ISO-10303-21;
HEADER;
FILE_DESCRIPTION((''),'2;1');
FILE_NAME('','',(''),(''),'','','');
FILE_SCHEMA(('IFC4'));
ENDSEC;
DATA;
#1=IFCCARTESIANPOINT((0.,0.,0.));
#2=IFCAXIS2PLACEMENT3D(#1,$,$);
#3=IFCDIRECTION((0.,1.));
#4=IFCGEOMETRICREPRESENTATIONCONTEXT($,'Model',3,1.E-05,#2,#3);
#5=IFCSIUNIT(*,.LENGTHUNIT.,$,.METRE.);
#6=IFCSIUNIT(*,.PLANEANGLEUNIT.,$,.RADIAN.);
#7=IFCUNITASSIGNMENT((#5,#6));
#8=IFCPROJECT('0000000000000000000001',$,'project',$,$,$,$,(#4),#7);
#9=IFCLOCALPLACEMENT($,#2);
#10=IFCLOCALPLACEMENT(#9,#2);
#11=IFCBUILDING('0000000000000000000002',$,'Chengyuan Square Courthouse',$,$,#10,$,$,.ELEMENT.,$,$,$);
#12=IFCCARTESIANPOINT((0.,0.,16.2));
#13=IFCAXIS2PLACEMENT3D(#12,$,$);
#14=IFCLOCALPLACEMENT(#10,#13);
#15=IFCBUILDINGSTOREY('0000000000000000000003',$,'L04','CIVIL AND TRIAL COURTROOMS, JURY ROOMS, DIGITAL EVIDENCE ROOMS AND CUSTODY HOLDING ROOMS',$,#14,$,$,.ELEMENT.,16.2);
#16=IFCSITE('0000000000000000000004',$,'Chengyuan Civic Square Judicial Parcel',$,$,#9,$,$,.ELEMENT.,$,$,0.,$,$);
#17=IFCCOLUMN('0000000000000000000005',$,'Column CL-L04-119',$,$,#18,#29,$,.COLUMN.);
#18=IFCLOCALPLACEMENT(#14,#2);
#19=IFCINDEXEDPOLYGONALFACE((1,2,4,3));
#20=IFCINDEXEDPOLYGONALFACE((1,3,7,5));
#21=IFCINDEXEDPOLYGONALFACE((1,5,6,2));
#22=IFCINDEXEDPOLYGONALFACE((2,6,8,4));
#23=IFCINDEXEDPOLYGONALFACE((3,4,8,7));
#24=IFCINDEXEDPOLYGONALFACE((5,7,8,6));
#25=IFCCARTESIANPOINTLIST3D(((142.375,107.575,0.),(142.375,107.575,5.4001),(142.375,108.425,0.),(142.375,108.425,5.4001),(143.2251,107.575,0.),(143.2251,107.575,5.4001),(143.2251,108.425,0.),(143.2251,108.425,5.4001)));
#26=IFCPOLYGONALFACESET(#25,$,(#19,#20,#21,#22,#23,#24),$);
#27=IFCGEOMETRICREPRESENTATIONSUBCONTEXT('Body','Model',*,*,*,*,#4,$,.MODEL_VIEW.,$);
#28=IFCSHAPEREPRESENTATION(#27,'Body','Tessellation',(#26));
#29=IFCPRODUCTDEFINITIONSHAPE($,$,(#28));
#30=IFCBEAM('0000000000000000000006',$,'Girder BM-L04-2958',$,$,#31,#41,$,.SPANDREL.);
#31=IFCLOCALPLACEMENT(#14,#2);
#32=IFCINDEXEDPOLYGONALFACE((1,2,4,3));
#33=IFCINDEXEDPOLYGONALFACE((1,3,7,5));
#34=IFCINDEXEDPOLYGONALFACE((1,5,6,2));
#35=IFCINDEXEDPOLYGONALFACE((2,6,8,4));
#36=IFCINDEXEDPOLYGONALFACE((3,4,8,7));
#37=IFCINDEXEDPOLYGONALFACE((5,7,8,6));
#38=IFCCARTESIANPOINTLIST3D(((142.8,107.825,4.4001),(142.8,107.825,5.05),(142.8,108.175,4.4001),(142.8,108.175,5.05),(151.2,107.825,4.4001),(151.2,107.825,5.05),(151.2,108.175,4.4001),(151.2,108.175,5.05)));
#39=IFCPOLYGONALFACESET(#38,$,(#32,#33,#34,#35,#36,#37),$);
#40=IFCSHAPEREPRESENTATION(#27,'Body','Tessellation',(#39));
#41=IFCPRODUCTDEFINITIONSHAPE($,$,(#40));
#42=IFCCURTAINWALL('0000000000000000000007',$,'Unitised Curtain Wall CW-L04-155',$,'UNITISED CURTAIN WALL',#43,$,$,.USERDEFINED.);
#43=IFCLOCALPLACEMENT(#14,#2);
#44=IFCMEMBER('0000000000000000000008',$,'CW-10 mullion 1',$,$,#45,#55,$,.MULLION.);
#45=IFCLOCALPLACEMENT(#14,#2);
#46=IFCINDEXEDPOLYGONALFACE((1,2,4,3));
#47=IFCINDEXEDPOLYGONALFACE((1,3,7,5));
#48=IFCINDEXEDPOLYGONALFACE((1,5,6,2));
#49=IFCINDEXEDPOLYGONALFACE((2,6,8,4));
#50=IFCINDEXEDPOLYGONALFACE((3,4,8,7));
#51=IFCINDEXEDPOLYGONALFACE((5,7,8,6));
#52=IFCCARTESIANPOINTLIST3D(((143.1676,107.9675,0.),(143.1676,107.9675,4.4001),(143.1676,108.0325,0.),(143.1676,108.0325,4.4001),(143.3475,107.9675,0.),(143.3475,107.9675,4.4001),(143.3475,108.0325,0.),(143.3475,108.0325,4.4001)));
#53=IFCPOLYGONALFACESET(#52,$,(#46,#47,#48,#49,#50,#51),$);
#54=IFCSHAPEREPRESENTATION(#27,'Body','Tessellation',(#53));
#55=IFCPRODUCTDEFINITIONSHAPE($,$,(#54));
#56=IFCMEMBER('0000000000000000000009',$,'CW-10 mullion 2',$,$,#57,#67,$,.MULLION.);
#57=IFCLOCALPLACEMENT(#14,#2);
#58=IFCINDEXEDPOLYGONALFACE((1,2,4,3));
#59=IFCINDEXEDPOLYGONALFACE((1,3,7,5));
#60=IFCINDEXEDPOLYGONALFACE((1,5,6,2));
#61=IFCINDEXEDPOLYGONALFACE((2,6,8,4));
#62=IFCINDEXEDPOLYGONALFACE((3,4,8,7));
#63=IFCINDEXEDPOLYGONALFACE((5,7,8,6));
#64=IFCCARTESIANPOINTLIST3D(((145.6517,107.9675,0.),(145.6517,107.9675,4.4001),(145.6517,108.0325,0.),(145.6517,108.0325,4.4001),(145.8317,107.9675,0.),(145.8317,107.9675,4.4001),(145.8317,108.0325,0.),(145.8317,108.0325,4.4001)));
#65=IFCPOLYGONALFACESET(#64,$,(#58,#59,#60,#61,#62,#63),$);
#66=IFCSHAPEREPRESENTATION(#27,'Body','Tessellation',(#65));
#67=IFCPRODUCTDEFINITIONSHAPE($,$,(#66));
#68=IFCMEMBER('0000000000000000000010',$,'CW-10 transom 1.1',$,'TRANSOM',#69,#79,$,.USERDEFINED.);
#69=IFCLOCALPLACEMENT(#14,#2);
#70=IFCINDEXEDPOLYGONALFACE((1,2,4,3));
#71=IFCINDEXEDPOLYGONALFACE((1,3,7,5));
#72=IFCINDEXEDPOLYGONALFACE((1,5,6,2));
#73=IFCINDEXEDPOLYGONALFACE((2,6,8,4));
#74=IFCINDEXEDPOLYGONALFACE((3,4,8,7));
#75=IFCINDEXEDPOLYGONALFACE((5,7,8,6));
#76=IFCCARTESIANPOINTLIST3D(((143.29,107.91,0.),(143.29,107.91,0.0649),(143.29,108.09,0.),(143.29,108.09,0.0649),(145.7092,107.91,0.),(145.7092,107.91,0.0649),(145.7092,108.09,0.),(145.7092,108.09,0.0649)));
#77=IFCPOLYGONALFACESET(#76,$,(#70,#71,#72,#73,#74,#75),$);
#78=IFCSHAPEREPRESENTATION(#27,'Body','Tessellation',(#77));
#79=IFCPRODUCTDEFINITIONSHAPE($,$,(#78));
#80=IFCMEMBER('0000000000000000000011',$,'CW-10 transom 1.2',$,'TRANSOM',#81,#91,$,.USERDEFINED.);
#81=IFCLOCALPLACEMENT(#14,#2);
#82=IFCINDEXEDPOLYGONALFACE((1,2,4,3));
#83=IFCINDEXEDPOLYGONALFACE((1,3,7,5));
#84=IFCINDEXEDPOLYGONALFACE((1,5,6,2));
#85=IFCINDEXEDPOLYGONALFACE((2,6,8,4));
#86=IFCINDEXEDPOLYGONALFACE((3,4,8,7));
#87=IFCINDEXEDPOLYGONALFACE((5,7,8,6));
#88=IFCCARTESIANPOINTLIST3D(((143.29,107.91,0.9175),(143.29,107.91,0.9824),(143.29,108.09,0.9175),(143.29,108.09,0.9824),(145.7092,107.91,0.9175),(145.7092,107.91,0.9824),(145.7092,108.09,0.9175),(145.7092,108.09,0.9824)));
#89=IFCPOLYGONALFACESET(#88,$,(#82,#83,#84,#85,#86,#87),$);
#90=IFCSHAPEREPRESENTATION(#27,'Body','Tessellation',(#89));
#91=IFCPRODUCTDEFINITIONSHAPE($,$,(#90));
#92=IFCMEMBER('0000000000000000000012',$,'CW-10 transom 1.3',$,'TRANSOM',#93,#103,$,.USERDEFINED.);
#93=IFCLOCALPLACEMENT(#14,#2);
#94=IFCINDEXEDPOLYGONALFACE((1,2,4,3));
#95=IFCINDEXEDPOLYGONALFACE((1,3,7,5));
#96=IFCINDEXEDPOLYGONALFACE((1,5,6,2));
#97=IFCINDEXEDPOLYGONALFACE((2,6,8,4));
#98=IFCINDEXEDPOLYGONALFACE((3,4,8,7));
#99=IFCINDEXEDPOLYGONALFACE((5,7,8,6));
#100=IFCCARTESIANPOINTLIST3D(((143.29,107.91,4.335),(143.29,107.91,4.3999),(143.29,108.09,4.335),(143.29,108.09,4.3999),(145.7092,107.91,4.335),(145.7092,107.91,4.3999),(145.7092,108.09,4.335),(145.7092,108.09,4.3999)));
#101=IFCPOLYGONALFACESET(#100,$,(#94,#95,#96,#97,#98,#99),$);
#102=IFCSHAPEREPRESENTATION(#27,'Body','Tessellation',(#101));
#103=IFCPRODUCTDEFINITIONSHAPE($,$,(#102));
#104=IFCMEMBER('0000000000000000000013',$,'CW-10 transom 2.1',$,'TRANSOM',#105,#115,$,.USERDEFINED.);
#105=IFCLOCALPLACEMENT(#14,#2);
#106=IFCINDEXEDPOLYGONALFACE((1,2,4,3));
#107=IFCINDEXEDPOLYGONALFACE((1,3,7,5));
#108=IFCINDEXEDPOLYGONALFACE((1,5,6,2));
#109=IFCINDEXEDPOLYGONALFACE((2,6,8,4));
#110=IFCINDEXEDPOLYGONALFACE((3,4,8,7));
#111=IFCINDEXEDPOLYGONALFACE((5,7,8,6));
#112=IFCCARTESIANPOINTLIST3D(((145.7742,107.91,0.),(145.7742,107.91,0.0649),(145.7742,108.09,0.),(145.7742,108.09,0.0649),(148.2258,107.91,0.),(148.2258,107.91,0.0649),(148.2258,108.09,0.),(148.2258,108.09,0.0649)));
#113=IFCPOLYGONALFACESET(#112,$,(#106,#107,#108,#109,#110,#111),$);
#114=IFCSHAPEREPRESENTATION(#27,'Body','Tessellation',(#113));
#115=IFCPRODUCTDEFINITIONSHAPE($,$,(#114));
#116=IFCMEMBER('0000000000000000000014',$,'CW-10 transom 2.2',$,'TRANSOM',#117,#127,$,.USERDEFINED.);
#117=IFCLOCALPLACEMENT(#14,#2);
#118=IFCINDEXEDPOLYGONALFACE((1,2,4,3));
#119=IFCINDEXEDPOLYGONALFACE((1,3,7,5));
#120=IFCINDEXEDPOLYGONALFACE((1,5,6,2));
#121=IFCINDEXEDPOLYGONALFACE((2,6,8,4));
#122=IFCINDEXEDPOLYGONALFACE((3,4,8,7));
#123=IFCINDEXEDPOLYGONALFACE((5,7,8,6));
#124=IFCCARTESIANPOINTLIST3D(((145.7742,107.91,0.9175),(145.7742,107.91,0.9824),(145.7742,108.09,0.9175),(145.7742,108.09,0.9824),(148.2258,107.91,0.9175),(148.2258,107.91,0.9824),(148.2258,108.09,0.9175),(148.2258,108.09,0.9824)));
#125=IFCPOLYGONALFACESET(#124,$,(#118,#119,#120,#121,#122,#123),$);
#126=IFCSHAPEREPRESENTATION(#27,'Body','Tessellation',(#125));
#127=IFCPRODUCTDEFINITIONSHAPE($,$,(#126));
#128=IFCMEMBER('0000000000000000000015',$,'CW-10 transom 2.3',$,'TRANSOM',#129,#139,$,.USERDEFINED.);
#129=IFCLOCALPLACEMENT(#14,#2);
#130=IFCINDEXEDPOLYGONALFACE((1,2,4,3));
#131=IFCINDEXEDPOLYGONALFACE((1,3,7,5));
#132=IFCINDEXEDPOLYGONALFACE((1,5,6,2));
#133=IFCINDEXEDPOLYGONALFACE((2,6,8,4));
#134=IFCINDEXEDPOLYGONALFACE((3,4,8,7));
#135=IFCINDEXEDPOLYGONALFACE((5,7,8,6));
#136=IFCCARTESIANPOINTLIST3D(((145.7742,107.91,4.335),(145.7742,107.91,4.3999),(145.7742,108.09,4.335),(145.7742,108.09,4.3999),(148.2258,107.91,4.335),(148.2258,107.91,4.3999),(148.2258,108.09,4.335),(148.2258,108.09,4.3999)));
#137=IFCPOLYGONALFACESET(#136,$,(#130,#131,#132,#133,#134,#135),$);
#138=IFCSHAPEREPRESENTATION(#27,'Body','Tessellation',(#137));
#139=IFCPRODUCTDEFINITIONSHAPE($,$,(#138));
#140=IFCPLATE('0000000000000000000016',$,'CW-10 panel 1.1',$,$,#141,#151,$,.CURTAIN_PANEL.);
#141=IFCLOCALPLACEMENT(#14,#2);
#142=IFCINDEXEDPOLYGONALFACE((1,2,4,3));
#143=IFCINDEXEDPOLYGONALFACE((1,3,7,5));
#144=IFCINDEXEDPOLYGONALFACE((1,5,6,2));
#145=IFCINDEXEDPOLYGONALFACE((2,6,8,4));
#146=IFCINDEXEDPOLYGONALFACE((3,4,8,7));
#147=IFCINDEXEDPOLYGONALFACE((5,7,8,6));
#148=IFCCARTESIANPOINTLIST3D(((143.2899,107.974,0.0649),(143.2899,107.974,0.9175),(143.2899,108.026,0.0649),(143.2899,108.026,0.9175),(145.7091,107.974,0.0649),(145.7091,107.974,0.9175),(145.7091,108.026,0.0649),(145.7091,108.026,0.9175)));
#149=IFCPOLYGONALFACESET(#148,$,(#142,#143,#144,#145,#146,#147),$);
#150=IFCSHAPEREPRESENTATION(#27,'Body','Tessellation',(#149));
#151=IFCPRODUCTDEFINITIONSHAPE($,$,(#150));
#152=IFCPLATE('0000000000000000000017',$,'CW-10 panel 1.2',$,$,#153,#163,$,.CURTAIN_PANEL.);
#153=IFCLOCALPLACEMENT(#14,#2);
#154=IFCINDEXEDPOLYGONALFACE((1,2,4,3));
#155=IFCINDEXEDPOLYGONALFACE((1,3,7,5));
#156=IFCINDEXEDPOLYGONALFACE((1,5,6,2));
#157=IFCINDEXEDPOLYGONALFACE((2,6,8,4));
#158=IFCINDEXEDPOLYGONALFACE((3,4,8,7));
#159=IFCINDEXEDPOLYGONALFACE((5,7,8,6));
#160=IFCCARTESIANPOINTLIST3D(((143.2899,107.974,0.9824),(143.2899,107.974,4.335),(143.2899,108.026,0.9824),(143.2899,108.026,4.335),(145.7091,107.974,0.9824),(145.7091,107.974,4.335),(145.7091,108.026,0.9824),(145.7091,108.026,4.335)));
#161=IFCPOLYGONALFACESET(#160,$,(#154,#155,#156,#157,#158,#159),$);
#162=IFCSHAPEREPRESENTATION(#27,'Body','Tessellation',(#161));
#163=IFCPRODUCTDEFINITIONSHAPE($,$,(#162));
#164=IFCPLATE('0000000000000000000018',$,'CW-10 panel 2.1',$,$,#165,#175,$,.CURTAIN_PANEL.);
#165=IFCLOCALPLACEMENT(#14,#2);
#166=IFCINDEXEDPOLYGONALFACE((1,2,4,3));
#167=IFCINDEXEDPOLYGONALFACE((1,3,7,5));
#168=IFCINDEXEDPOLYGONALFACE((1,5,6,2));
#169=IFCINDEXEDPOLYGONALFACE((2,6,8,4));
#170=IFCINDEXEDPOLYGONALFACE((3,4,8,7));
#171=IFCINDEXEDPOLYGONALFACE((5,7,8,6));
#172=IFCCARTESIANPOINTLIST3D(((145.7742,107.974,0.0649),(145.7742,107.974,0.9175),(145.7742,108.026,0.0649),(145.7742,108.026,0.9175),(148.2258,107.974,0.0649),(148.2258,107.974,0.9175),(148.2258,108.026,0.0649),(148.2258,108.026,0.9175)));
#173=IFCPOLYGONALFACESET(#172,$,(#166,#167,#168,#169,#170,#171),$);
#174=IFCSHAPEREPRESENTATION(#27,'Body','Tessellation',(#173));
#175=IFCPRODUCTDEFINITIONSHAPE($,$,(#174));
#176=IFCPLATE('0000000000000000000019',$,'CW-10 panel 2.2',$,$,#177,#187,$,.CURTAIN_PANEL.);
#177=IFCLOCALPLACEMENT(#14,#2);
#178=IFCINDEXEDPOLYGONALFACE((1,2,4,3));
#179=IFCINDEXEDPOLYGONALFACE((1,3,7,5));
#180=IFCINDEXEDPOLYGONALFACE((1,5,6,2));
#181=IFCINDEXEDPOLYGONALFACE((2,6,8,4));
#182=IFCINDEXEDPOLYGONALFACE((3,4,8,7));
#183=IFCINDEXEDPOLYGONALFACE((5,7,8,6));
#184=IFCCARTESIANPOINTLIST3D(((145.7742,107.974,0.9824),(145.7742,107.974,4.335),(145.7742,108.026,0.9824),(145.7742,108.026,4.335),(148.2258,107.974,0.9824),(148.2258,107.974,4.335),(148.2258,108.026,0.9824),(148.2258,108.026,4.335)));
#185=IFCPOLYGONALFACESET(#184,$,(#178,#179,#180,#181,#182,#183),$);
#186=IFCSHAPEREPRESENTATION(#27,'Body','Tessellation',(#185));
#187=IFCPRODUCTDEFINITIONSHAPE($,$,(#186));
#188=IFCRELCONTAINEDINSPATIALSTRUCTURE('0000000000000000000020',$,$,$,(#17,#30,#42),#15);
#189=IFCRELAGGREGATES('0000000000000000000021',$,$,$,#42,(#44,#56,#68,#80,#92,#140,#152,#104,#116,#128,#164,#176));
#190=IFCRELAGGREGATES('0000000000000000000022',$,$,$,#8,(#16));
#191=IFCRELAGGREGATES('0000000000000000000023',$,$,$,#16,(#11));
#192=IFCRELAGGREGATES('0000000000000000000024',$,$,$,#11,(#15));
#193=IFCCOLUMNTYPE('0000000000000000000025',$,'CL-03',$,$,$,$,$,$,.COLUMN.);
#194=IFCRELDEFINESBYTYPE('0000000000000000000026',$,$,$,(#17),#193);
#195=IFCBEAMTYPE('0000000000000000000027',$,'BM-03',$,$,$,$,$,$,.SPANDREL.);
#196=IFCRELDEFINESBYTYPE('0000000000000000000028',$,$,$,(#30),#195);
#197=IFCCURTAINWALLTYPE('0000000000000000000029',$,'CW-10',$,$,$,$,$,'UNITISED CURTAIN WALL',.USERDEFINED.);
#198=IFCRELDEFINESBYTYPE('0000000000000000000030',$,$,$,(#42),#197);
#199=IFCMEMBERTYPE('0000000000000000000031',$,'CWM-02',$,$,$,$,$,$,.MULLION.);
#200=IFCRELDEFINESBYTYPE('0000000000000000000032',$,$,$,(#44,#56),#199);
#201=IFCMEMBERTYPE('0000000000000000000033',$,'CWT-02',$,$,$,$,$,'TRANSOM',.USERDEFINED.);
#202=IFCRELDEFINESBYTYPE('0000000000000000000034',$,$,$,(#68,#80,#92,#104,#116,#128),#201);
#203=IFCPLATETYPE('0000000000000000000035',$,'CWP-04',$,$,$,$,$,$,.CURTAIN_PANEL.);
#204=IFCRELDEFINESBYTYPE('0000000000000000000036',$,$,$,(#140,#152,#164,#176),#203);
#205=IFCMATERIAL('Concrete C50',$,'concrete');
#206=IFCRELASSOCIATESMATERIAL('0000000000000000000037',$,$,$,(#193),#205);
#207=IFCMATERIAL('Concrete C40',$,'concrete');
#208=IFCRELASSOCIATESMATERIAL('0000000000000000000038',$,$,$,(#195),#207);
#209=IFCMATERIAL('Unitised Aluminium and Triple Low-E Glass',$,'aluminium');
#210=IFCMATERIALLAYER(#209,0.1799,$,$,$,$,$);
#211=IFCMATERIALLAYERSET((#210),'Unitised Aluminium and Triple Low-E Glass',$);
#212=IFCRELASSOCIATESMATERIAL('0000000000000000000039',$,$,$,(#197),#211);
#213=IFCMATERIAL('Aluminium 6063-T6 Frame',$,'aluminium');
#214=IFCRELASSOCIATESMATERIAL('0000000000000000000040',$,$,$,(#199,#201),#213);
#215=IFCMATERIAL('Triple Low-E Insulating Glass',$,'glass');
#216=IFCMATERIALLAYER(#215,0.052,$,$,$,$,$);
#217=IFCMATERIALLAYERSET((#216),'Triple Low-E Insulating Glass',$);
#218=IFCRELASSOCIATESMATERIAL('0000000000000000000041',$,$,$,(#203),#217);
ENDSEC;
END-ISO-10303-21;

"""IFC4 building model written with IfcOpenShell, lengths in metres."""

from ifc_helpers import new_model, si_unit, direction, frame, origin, origin_2d, place, context, subcontext, project, spatial, rectangle, extrude, material, layer, layer_set, material_profile, profile_set, type_object, element, aggregate, save


model = new_model("IFC4")

# Units and contexts
model_context = context("Model", 3, precision=1e-05, world=origin(), true_north=direction((0.0, 1.0)))
body_context = subcontext(model_context, "Body", "Model", "MODEL_VIEW")
ifc_project = project(units=[si_unit("LENGTHUNIT", "METRE"), si_unit("PLANEANGLEUNIT", "RADIAN")], contexts=[model_context])

# Site, building, storey
site_placement = place(None, origin())
site = spatial("IfcSite", under=ifc_project, at=site_placement, Name="Chengyuan Civic Square Judicial Parcel", CompositionType="ELEMENT", RefElevation=0.0)
building_placement = place(site_placement, origin())
building = spatial("IfcBuilding", under=site, at=building_placement, Name="Chengyuan Square Courthouse", CompositionType="ELEMENT")
storey_placement = place(building_placement, frame((0.0, 0.0, 16.2)))
storey = spatial("IfcBuildingStorey", under=building, at=storey_placement, Name="L04", Description="CIVIL AND TRIAL COURTROOMS, JURY ROOMS, DIGITAL EVIDENCE ROOMS AND CUSTODY HOLDING ROOMS", CompositionType="ELEMENT", Elevation=16.2)

# Column
ifc_material_1 = material(Name="Concrete C50", Category="concrete")
ifc_material_profile_1 = material_profile(ifc_material_1, rectangle(XDim=0.8501, YDim=0.8501, at=origin_2d()), Name="RC-COL-850x850")
ifc_profile_set_1 = profile_set([ifc_material_profile_1], Name="Concrete C50")
column_type = type_object("IfcColumnType", Name="CL-03", PredefinedType="COLUMN", material=ifc_profile_set_1)
column_placement = place(storey_placement, frame((142.8, 108.0, 0.0), z_axis=(0.0, 0.0, 1.0), x_axis=(1.0, 0.0, 0.0)))
element("IfcColumn", 1, at=column_placement, inside=storey, type_object=column_type, Name="Column CL-L04-119", PredefinedType="COLUMN", context=body_context, shape_type="SweptSolid", body=[
    extrude(rectangle(XDim=0.8501, YDim=0.8501, at=origin_2d()), origin(), (0.0, 0.0, 1.0), 5.4001),
])

# Beam
ifc_material_2 = material(Name="Concrete C40", Category="concrete")
ifc_material_profile_2 = material_profile(ifc_material_2, rectangle(XDim=0.3501, YDim=0.6499, at=origin_2d()), Name="RC-BM-350x650")
ifc_profile_set_2 = profile_set([ifc_material_profile_2], Name="Concrete C40")
beam_type = type_object("IfcBeamType", Name="BM-03", PredefinedType="SPANDREL", material=ifc_profile_set_2)
beam_placement = place(storey_placement, frame((142.8, 108.0, 4.7251), z_axis=(1.0, 0.0, 0.0), x_axis=(0.0, 1.0, 0.0)))
element("IfcBeam", 2, at=beam_placement, inside=storey, type_object=beam_type, Name="Girder BM-L04-2958", PredefinedType="SPANDREL", context=body_context, shape_type="SweptSolid", body=[
    extrude(rectangle(XDim=0.3501, YDim=0.6499, at=origin_2d()), origin(), (0.0, 0.0, 1.0), 8.3999),
])

# Curtain wall, members, plates
ifc_material_3 = material(Name="Unitised Aluminium and Triple Low-E Glass", Category="aluminium")
ifc_layer_1 = layer(ifc_material_3, 0.1799)
ifc_layer_set_1 = layer_set([ifc_layer_1], Name="Unitised Aluminium and Triple Low-E Glass")
curtain_wall_type = type_object("IfcCurtainWallType", Name="CW-10", ElementType="UNITISED CURTAIN WALL", PredefinedType="USERDEFINED", material=ifc_layer_set_1)
curtain_wall_placement = place(storey_placement, origin())
curtain_wall = element("IfcCurtainWall", 3, at=curtain_wall_placement, inside=storey, type_object=curtain_wall_type, Name="Unitised Curtain Wall CW-L04-155", ObjectType="UNITISED CURTAIN WALL", PredefinedType="USERDEFINED")
ifc_material_4 = material(Name="Aluminium 6063-T6 Frame", Category="aluminium")
ifc_material_profile_3 = material_profile(ifc_material_4, rectangle(XDim=0.0649, YDim=0.1799, at=origin_2d()), Name="CW-MUL-65x180")
ifc_profile_set_3 = profile_set([ifc_material_profile_3], Name="Aluminium 6063-T6 Frame")
member_type_1 = type_object("IfcMemberType", Name="CWM-02", PredefinedType="MULLION", material=ifc_profile_set_3)
member_1_placement = place(storey_placement, frame((143.2576, 108.0, 0.0), z_axis=(0.0, 0.0, 1.0), x_axis=(0.0, 1.0, 0.0)))
member_1 = element("IfcMember", 4, at=member_1_placement, type_object=member_type_1, Name="CW-10 mullion 1", PredefinedType="MULLION", context=body_context, shape_type="SweptSolid", body=[
    extrude(rectangle(XDim=0.0649, YDim=0.1799, at=origin_2d()), origin(), (0.0, 0.0, 1.0), 4.4001),
])
member_2_placement = place(storey_placement, frame((145.7417, 108.0, 0.0), z_axis=(0.0, 0.0, 1.0), x_axis=(0.0, 1.0, 0.0)))
member_2 = element("IfcMember", 5, at=member_2_placement, type_object=member_type_1, Name="CW-10 mullion 2", PredefinedType="MULLION", context=body_context, shape_type="SweptSolid", body=[
    extrude(rectangle(XDim=0.0649, YDim=0.1799, at=origin_2d()), origin(), (0.0, 0.0, 1.0), 4.4001),
])
ifc_material_profile_4 = material_profile(ifc_material_4, rectangle(XDim=0.1799, YDim=0.0649, at=origin_2d()), Name="CW-TRN-65x140")
ifc_profile_set_4 = profile_set([ifc_material_profile_4], Name="Aluminium 6063-T6 Frame")
member_type_2 = type_object("IfcMemberType", Name="CWT-02", ElementType="TRANSOM", PredefinedType="USERDEFINED", material=ifc_profile_set_4)
member_3_placement = place(storey_placement, frame((143.29, 108.0, 0.0325), z_axis=(1.0, 0.0, 0.0), x_axis=(0.0, 1.0, 0.0)))
member_3 = element("IfcMember", 6, at=member_3_placement, type_object=member_type_2, Name="CW-10 transom 1.1", ObjectType="TRANSOM", PredefinedType="USERDEFINED", context=body_context, shape_type="SweptSolid", body=[
    extrude(rectangle(XDim=0.1799, YDim=0.0649, at=origin_2d()), origin(), (0.0, 0.0, 1.0), 2.4192),
])
member_4_placement = place(storey_placement, frame((143.29, 108.0, 0.95), z_axis=(1.0, 0.0, 0.0), x_axis=(0.0, 1.0, 0.0)))
member_4 = element("IfcMember", 7, at=member_4_placement, type_object=member_type_2, Name="CW-10 transom 1.2", ObjectType="TRANSOM", PredefinedType="USERDEFINED", context=body_context, shape_type="SweptSolid", body=[
    extrude(rectangle(XDim=0.1799, YDim=0.0649, at=origin_2d()), origin(), (0.0, 0.0, 1.0), 2.4192),
])
member_5_placement = place(storey_placement, frame((143.29, 108.0, 4.3674), z_axis=(1.0, 0.0, 0.0), x_axis=(0.0, 1.0, 0.0)))
member_5 = element("IfcMember", 8, at=member_5_placement, type_object=member_type_2, Name="CW-10 transom 1.3", ObjectType="TRANSOM", PredefinedType="USERDEFINED", context=body_context, shape_type="SweptSolid", body=[
    extrude(rectangle(XDim=0.1799, YDim=0.0649, at=origin_2d()), origin(), (0.0, 0.0, 1.0), 2.4192),
])
member_6_placement = place(storey_placement, frame((145.7742, 108.0, 0.0325), z_axis=(1.0, 0.0, 0.0), x_axis=(0.0, 1.0, 0.0)))
member_6 = element("IfcMember", 9, at=member_6_placement, type_object=member_type_2, Name="CW-10 transom 2.1", ObjectType="TRANSOM", PredefinedType="USERDEFINED", context=body_context, shape_type="SweptSolid", body=[
    extrude(rectangle(XDim=0.1799, YDim=0.0649, at=origin_2d()), origin(), (0.0, 0.0, 1.0), 2.4517),
])
member_7_placement = place(storey_placement, frame((145.7742, 108.0, 0.95), z_axis=(1.0, 0.0, 0.0), x_axis=(0.0, 1.0, 0.0)))
member_7 = element("IfcMember", 10, at=member_7_placement, type_object=member_type_2, Name="CW-10 transom 2.2", ObjectType="TRANSOM", PredefinedType="USERDEFINED", context=body_context, shape_type="SweptSolid", body=[
    extrude(rectangle(XDim=0.1799, YDim=0.0649, at=origin_2d()), origin(), (0.0, 0.0, 1.0), 2.4517),
])
member_8_placement = place(storey_placement, frame((145.7742, 108.0, 4.3674), z_axis=(1.0, 0.0, 0.0), x_axis=(0.0, 1.0, 0.0)))
member_8 = element("IfcMember", 11, at=member_8_placement, type_object=member_type_2, Name="CW-10 transom 2.3", ObjectType="TRANSOM", PredefinedType="USERDEFINED", context=body_context, shape_type="SweptSolid", body=[
    extrude(rectangle(XDim=0.1799, YDim=0.0649, at=origin_2d()), origin(), (0.0, 0.0, 1.0), 2.4517),
])
ifc_material_5 = material(Name="Triple Low-E Insulating Glass", Category="glass")
ifc_layer_2 = layer(ifc_material_5, 0.052)
ifc_layer_set_2 = layer_set([ifc_layer_2], Name="Triple Low-E Insulating Glass")
plate_type = type_object("IfcPlateType", Name="CWP-04", PredefinedType="CURTAIN_PANEL", material=ifc_layer_set_2)
plate_1_placement = place(storey_placement, frame((144.4995, 108.0, 0.0649), z_axis=(0.0, 0.0, 1.0), x_axis=(1.0, 0.0, 0.0)))
plate_1 = element("IfcPlate", 12, at=plate_1_placement, type_object=plate_type, Name="CW-10 panel 1.1", PredefinedType="CURTAIN_PANEL", context=body_context, shape_type="SweptSolid", body=[
    extrude(rectangle(XDim=2.4192, YDim=0.052, at=origin_2d()), origin(), (0.0, 0.0, 1.0), 0.8525),
])
plate_2_placement = place(storey_placement, frame((144.4995, 108.0, 0.9824), z_axis=(0.0, 0.0, 1.0), x_axis=(1.0, 0.0, 0.0)))
plate_2 = element("IfcPlate", 13, at=plate_2_placement, type_object=plate_type, Name="CW-10 panel 1.2", PredefinedType="CURTAIN_PANEL", context=body_context, shape_type="SweptSolid", body=[
    extrude(rectangle(XDim=2.4192, YDim=0.052, at=origin_2d()), origin(), (0.0, 0.0, 1.0), 3.3525),
])
plate_3_placement = place(storey_placement, frame((147.0, 108.0, 0.0649), z_axis=(0.0, 0.0, 1.0), x_axis=(1.0, 0.0, 0.0)))
plate_3 = element("IfcPlate", 14, at=plate_3_placement, type_object=plate_type, Name="CW-10 panel 2.1", PredefinedType="CURTAIN_PANEL", context=body_context, shape_type="SweptSolid", body=[
    extrude(rectangle(XDim=2.4517, YDim=0.052, at=origin_2d()), origin(), (0.0, 0.0, 1.0), 0.8525),
])
plate_4_placement = place(storey_placement, frame((147.0, 108.0, 0.9824), z_axis=(0.0, 0.0, 1.0), x_axis=(1.0, 0.0, 0.0)))
plate_4 = element("IfcPlate", 15, at=plate_4_placement, type_object=plate_type, Name="CW-10 panel 2.2", PredefinedType="CURTAIN_PANEL", context=body_context, shape_type="SweptSolid", body=[
    extrude(rectangle(XDim=2.4517, YDim=0.052, at=origin_2d()), origin(), (0.0, 0.0, 1.0), 3.3525),
])
aggregate(curtain_wall, [member_1, member_2, member_3, member_4, member_5, plate_1, plate_2, member_6, member_7, member_8, plate_3, plate_4])

save(model, "model.ifc")
